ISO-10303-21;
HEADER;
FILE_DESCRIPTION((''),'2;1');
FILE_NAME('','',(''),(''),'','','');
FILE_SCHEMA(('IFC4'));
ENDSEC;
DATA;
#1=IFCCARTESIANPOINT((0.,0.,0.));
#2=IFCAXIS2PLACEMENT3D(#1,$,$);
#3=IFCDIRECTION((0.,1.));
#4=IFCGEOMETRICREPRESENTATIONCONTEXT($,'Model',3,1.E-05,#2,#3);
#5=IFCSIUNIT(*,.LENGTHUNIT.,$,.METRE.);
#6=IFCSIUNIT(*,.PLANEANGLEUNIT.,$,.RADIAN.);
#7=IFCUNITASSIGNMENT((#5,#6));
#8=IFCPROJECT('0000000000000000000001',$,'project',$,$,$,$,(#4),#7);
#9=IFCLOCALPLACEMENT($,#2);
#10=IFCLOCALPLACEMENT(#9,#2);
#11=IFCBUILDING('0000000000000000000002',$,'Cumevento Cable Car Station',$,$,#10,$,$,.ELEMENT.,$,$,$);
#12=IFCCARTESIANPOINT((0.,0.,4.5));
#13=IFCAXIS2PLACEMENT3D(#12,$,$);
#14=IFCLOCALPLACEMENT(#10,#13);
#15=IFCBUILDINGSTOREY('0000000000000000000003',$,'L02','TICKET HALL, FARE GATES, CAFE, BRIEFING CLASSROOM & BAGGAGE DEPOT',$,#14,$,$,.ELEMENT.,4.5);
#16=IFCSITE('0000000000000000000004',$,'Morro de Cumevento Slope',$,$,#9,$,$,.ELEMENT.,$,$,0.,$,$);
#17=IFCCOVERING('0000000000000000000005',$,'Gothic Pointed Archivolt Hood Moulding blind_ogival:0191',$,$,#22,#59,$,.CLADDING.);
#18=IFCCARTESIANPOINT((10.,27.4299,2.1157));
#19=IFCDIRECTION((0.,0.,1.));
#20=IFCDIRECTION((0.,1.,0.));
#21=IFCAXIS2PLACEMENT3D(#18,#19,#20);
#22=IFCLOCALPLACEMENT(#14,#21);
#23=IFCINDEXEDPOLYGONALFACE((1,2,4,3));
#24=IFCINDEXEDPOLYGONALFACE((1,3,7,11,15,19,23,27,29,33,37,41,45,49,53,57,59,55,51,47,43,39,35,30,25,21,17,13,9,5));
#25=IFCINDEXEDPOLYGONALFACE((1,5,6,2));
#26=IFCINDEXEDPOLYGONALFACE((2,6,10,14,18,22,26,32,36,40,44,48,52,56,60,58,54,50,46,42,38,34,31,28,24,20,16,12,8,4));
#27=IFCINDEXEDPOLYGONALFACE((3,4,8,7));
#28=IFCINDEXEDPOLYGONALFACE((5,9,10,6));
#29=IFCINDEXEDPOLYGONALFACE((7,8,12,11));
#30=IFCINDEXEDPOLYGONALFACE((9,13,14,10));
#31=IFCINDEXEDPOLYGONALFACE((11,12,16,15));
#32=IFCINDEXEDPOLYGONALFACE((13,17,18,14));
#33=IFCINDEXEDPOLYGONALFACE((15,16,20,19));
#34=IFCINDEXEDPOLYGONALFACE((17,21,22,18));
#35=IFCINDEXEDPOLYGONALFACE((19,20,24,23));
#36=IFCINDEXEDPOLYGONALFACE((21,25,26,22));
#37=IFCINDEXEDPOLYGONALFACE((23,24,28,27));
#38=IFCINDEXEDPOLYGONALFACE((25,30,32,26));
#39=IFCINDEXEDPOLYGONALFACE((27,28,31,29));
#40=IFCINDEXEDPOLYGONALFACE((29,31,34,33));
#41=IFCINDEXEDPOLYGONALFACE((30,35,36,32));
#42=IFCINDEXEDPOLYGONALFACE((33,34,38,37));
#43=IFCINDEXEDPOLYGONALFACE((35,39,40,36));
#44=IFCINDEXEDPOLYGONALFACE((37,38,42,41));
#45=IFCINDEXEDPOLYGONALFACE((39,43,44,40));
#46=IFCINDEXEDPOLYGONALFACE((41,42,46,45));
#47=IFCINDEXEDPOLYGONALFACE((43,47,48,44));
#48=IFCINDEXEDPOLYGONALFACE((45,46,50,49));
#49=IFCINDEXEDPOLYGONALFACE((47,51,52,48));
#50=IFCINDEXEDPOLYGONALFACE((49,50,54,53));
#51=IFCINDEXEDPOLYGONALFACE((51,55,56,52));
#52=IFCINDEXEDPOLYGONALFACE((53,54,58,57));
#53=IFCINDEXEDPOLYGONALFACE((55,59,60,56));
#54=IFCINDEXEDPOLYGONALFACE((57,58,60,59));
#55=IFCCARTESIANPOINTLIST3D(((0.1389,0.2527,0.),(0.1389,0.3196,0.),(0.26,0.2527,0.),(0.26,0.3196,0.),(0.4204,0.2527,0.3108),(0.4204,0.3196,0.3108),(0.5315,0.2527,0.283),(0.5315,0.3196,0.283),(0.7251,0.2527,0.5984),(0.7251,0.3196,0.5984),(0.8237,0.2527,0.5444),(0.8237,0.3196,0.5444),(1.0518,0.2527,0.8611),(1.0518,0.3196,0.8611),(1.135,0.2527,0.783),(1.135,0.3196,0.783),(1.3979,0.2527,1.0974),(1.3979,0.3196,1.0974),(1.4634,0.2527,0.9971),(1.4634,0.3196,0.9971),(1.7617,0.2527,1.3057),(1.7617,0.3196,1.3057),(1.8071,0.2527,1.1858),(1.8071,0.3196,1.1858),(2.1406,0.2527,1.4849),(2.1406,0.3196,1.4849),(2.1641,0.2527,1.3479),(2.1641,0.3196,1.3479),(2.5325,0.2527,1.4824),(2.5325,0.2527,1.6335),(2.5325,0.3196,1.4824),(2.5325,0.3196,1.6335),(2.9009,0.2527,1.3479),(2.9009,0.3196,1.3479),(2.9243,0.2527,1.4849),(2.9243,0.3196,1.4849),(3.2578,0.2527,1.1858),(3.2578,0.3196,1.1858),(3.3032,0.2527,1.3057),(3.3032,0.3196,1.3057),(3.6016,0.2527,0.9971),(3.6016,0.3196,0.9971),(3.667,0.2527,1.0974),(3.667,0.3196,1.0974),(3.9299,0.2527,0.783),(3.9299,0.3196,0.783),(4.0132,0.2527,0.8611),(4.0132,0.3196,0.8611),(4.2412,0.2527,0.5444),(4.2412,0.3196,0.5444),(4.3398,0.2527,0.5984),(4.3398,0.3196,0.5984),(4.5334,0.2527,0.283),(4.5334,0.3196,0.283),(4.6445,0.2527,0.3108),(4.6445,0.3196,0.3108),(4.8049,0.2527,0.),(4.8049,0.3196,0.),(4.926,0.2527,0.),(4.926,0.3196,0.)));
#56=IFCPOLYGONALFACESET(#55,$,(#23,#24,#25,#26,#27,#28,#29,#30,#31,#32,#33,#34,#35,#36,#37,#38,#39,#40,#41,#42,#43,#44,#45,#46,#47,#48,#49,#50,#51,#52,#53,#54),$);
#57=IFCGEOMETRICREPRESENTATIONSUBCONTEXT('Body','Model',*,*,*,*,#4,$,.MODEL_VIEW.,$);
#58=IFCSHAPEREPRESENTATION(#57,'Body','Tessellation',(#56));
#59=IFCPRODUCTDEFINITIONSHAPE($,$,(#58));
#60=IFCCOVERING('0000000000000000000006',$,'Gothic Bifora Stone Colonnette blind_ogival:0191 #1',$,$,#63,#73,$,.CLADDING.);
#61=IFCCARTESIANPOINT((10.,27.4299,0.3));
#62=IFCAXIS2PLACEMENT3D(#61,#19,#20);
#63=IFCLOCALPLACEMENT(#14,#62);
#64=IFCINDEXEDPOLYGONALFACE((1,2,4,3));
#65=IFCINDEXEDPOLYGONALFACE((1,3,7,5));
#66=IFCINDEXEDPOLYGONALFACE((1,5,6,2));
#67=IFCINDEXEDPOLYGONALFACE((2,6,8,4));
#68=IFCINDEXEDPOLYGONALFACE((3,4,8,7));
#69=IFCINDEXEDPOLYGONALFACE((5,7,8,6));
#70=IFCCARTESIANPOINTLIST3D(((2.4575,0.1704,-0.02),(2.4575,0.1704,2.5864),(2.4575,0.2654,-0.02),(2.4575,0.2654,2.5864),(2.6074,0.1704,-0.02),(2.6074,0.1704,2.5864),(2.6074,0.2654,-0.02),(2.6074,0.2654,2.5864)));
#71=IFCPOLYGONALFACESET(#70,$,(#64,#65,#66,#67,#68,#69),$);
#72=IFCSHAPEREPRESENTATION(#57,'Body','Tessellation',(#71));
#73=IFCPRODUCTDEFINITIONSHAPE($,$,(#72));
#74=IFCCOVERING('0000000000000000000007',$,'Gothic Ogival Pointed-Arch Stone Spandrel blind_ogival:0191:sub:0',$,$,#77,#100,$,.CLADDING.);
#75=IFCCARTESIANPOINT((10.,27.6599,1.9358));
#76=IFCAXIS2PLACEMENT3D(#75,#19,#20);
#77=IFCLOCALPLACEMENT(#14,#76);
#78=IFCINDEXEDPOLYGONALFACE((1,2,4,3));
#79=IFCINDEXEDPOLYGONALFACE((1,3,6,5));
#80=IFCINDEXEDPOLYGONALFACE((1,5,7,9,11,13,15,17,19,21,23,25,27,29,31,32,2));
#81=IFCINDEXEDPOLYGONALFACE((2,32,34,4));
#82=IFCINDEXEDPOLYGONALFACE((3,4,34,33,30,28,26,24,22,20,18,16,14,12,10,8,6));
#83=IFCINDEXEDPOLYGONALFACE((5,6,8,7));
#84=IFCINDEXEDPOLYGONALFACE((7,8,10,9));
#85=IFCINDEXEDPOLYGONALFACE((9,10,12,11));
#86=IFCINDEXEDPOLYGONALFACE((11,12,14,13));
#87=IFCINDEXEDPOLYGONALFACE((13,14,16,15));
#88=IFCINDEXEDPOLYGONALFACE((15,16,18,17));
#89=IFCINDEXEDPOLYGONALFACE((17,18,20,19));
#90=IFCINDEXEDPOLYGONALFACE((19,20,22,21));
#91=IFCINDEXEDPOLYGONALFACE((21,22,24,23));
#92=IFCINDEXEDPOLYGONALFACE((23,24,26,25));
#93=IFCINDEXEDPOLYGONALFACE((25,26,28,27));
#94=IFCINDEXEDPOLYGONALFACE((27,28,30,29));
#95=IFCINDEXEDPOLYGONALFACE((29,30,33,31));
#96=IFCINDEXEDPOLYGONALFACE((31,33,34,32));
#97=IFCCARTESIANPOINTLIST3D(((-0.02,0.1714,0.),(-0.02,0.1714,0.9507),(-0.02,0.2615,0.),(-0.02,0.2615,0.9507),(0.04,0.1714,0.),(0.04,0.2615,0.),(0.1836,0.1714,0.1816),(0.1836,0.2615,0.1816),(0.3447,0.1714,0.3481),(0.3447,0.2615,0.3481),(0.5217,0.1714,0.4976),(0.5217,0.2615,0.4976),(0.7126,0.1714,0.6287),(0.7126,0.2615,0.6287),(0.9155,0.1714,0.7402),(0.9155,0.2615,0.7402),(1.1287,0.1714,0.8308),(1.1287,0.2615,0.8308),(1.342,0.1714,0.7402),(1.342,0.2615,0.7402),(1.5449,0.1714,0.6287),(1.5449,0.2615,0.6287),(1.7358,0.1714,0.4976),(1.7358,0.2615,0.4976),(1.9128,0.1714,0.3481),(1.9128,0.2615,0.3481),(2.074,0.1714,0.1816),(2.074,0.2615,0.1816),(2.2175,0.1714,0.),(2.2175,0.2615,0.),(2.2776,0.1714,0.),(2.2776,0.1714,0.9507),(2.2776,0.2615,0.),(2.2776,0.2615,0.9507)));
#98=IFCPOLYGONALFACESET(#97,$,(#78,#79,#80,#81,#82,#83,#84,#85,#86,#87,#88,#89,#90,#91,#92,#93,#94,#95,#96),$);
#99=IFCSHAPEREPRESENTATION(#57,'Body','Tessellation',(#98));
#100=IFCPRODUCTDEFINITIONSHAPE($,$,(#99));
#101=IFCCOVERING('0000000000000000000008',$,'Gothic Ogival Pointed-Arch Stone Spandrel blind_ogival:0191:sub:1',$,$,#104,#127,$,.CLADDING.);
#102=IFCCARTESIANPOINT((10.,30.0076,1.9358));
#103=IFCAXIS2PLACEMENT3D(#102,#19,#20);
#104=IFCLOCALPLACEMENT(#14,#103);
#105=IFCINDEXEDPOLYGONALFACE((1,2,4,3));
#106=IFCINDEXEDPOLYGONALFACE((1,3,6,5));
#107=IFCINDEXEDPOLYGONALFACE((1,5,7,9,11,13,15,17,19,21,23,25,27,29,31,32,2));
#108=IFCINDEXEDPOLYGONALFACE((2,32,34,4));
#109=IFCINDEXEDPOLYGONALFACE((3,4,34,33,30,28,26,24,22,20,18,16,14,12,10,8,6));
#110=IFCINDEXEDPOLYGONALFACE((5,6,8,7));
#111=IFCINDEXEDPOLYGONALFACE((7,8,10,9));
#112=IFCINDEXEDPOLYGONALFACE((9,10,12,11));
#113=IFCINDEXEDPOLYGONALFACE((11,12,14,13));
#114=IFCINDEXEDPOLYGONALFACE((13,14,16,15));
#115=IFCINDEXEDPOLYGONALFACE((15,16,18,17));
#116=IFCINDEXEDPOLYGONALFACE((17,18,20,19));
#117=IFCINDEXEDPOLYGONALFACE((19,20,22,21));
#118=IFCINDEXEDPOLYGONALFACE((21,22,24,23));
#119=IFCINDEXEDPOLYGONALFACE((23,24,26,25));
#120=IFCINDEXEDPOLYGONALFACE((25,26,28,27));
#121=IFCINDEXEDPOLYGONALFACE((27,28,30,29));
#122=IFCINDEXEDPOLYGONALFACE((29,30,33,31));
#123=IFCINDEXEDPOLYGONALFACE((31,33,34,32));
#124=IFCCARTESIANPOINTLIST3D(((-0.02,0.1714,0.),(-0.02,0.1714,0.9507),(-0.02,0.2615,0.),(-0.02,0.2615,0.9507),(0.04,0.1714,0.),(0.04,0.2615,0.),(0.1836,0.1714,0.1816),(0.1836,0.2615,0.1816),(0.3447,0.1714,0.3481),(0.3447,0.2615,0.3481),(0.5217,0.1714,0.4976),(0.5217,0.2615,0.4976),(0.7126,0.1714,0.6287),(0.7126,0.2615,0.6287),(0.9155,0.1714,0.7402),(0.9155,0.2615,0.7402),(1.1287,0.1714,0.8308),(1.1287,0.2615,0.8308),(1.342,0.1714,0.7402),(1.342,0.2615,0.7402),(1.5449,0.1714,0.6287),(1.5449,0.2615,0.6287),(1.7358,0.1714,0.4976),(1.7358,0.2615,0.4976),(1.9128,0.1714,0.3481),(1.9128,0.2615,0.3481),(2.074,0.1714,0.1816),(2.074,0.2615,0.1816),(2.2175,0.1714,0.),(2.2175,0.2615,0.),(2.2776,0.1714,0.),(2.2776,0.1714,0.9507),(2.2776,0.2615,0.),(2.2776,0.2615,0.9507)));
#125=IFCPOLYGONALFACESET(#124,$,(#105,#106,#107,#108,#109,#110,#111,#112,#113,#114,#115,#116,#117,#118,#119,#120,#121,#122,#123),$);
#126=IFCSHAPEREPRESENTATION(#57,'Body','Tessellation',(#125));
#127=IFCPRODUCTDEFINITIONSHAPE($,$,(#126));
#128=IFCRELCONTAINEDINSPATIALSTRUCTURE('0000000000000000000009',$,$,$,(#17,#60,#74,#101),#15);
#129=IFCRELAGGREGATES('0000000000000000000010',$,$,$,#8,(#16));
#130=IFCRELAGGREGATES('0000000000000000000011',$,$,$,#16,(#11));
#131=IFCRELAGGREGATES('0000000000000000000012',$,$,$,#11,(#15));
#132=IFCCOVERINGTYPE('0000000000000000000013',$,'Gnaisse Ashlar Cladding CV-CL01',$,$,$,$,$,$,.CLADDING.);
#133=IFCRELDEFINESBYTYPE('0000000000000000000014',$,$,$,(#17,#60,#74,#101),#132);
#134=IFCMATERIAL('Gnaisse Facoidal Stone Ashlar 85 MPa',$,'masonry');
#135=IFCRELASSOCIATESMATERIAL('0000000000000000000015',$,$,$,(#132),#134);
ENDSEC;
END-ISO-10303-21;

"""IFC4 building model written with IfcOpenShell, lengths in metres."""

from ifc_helpers import new_model, si_unit, direction, frame, origin, place, context, subcontext, project, spatial, polyline, outline, extrude, material, type_object, element, save


model = new_model("IFC4")

# Units and contexts
model_context = context("Model", 3, precision=1e-05, world=origin(), true_north=direction((0.0, 1.0)))
body_context = subcontext(model_context, "Body", "Model", "MODEL_VIEW")
ifc_project = project(units=[si_unit("LENGTHUNIT", "METRE"), si_unit("PLANEANGLEUNIT", "RADIAN")], contexts=[model_context])

# Site, building, storey
site_placement = place(None, origin())
site = spatial("IfcSite", under=ifc_project, at=site_placement, Name="Morro de Cumevento Slope", CompositionType="ELEMENT", RefElevation=0.0)
building_placement = place(site_placement, origin())
building = spatial("IfcBuilding", under=site, at=building_placement, Name="Cumevento Cable Car Station", CompositionType="ELEMENT")
storey_placement = place(building_placement, frame((0.0, 0.0, 4.5)))
storey = spatial("IfcBuildingStorey", under=building, at=storey_placement, Name="L02", Description="TICKET HALL, FARE GATES, CAFE, BRIEFING CLASSROOM & BAGGAGE DEPOT", CompositionType="ELEMENT", Elevation=4.5)

# Coverings
ifc_material_1 = material(Name="Gnaisse Facoidal Stone Ashlar 85 MPa", Category="masonry")
covering_type = type_object("IfcCoveringType", Name="Gnaisse Ashlar Cladding CV-CL01", PredefinedType="CLADDING", material=ifc_material_1)
placement_1 = place(storey_placement, frame((10.0, 27.4299, 0.3), z_axis=(0.0, 0.0, 1.0), x_axis=(0.0, 1.0, 0.0)))
covering_1_placement = place(storey_placement, frame((10.0, 27.4299, 2.1157), z_axis=(0.0, 0.0, 1.0), x_axis=(0.0, 1.0, 0.0)))
element("IfcCovering", 1, at=covering_1_placement, inside=storey, type_object=covering_type, Name="Gothic Pointed Archivolt Hood Moulding blind_ogival:0191", PredefinedType="CLADDING", context=body_context, shape_type="SweptSolid", body=[
    extrude(outline(polyline([(0.26, 0.0), (0.5315, 0.283), (0.8237, 0.5444), (1.135, 0.783), (1.4634, 0.9971), (1.8071, 1.1858), (2.1641, 1.3479), (2.5325, 1.4824), (2.9009, 1.3479), (3.2578, 1.1858), (3.6016, 0.9971), (3.9299, 0.783), (4.2412, 0.5444), (4.5334, 0.283), (4.8049, 0.0), (4.926, 0.0), (4.6445, 0.3108), (4.3398, 0.5984), (4.0132, 0.8611), (3.667, 1.0974), (3.3032, 1.3057), (2.9243, 1.4849), (2.5325, 1.6335), (2.1406, 1.4849), (1.7617, 1.3057), (1.3979, 1.0974), (1.0518, 0.8611), (0.7251, 0.5984), (0.4204, 0.3108), (0.1389, 0.0), (0.26, 0.0)])), frame((0.0, 0.3196, 0.0), z_axis=(0.0, -1.0, 0.0), x_axis=(1.0, 0.0, 0.0)), (0.0, 0.0, 1.0), 0.0669),
])
element("IfcCovering", 2, at=placement_1, inside=storey, type_object=covering_type, Name="Gothic Bifora Stone Colonnette blind_ogival:0191 #1", PredefinedType="CLADDING", context=body_context, shape_type="SweptSolid", body=[
    extrude(outline(polyline([(2.4575, -0.02), (2.6074, -0.02), (2.6074, 2.5864), (2.4575, 2.5864), (2.4575, -0.02)])), frame((0.0, 0.2654, 0.0), z_axis=(0.0, -1.0, 0.0), x_axis=(1.0, 0.0, 0.0)), (0.0, 0.0, 1.0), 0.095),
])
for number, where, z_axis, x_axis, name in (
    (3, (10.0, 27.6599, 1.9358), (0.0, 0.0, 1.0), (0.0, 1.0, 0.0), "Gothic Ogival Pointed-Arch Stone Spandrel blind_ogival:0191:sub:0"),
    (4, (10.0, 30.0076, 1.9358), (0.0, 0.0, 1.0), (0.0, 1.0, 0.0), "Gothic Ogival Pointed-Arch Stone Spandrel blind_ogival:0191:sub:1"),
):
    element("IfcCovering", number, at=place(storey_placement, frame(where, z_axis=z_axis, x_axis=x_axis)), inside=storey, type_object=covering_type, Name=name, PredefinedType="CLADDING", context=body_context, shape_type="SweptSolid", body=[
        extrude(outline(polyline([(-0.02, 0.0), (-0.02, 0.9507), (2.2776, 0.9507), (2.2776, 0.0), (2.2175, 0.0), (2.074, 0.1816), (1.9128, 0.3481), (1.7358, 0.4976), (1.5449, 0.6287), (1.342, 0.7402), (1.1287, 0.8308), (0.9155, 0.7402), (0.7126, 0.6287), (0.5217, 0.4976), (0.3447, 0.3481), (0.1836, 0.1816), (0.04, 0.0), (-0.02, 0.0)])), frame((0.0, 0.2615, 0.0), z_axis=(0.0, -1.0, 0.0), x_axis=(1.0, 0.0, 0.0)), (0.0, 0.0, 1.0), 0.0901),
    ])

save(model, "model.ifc")
